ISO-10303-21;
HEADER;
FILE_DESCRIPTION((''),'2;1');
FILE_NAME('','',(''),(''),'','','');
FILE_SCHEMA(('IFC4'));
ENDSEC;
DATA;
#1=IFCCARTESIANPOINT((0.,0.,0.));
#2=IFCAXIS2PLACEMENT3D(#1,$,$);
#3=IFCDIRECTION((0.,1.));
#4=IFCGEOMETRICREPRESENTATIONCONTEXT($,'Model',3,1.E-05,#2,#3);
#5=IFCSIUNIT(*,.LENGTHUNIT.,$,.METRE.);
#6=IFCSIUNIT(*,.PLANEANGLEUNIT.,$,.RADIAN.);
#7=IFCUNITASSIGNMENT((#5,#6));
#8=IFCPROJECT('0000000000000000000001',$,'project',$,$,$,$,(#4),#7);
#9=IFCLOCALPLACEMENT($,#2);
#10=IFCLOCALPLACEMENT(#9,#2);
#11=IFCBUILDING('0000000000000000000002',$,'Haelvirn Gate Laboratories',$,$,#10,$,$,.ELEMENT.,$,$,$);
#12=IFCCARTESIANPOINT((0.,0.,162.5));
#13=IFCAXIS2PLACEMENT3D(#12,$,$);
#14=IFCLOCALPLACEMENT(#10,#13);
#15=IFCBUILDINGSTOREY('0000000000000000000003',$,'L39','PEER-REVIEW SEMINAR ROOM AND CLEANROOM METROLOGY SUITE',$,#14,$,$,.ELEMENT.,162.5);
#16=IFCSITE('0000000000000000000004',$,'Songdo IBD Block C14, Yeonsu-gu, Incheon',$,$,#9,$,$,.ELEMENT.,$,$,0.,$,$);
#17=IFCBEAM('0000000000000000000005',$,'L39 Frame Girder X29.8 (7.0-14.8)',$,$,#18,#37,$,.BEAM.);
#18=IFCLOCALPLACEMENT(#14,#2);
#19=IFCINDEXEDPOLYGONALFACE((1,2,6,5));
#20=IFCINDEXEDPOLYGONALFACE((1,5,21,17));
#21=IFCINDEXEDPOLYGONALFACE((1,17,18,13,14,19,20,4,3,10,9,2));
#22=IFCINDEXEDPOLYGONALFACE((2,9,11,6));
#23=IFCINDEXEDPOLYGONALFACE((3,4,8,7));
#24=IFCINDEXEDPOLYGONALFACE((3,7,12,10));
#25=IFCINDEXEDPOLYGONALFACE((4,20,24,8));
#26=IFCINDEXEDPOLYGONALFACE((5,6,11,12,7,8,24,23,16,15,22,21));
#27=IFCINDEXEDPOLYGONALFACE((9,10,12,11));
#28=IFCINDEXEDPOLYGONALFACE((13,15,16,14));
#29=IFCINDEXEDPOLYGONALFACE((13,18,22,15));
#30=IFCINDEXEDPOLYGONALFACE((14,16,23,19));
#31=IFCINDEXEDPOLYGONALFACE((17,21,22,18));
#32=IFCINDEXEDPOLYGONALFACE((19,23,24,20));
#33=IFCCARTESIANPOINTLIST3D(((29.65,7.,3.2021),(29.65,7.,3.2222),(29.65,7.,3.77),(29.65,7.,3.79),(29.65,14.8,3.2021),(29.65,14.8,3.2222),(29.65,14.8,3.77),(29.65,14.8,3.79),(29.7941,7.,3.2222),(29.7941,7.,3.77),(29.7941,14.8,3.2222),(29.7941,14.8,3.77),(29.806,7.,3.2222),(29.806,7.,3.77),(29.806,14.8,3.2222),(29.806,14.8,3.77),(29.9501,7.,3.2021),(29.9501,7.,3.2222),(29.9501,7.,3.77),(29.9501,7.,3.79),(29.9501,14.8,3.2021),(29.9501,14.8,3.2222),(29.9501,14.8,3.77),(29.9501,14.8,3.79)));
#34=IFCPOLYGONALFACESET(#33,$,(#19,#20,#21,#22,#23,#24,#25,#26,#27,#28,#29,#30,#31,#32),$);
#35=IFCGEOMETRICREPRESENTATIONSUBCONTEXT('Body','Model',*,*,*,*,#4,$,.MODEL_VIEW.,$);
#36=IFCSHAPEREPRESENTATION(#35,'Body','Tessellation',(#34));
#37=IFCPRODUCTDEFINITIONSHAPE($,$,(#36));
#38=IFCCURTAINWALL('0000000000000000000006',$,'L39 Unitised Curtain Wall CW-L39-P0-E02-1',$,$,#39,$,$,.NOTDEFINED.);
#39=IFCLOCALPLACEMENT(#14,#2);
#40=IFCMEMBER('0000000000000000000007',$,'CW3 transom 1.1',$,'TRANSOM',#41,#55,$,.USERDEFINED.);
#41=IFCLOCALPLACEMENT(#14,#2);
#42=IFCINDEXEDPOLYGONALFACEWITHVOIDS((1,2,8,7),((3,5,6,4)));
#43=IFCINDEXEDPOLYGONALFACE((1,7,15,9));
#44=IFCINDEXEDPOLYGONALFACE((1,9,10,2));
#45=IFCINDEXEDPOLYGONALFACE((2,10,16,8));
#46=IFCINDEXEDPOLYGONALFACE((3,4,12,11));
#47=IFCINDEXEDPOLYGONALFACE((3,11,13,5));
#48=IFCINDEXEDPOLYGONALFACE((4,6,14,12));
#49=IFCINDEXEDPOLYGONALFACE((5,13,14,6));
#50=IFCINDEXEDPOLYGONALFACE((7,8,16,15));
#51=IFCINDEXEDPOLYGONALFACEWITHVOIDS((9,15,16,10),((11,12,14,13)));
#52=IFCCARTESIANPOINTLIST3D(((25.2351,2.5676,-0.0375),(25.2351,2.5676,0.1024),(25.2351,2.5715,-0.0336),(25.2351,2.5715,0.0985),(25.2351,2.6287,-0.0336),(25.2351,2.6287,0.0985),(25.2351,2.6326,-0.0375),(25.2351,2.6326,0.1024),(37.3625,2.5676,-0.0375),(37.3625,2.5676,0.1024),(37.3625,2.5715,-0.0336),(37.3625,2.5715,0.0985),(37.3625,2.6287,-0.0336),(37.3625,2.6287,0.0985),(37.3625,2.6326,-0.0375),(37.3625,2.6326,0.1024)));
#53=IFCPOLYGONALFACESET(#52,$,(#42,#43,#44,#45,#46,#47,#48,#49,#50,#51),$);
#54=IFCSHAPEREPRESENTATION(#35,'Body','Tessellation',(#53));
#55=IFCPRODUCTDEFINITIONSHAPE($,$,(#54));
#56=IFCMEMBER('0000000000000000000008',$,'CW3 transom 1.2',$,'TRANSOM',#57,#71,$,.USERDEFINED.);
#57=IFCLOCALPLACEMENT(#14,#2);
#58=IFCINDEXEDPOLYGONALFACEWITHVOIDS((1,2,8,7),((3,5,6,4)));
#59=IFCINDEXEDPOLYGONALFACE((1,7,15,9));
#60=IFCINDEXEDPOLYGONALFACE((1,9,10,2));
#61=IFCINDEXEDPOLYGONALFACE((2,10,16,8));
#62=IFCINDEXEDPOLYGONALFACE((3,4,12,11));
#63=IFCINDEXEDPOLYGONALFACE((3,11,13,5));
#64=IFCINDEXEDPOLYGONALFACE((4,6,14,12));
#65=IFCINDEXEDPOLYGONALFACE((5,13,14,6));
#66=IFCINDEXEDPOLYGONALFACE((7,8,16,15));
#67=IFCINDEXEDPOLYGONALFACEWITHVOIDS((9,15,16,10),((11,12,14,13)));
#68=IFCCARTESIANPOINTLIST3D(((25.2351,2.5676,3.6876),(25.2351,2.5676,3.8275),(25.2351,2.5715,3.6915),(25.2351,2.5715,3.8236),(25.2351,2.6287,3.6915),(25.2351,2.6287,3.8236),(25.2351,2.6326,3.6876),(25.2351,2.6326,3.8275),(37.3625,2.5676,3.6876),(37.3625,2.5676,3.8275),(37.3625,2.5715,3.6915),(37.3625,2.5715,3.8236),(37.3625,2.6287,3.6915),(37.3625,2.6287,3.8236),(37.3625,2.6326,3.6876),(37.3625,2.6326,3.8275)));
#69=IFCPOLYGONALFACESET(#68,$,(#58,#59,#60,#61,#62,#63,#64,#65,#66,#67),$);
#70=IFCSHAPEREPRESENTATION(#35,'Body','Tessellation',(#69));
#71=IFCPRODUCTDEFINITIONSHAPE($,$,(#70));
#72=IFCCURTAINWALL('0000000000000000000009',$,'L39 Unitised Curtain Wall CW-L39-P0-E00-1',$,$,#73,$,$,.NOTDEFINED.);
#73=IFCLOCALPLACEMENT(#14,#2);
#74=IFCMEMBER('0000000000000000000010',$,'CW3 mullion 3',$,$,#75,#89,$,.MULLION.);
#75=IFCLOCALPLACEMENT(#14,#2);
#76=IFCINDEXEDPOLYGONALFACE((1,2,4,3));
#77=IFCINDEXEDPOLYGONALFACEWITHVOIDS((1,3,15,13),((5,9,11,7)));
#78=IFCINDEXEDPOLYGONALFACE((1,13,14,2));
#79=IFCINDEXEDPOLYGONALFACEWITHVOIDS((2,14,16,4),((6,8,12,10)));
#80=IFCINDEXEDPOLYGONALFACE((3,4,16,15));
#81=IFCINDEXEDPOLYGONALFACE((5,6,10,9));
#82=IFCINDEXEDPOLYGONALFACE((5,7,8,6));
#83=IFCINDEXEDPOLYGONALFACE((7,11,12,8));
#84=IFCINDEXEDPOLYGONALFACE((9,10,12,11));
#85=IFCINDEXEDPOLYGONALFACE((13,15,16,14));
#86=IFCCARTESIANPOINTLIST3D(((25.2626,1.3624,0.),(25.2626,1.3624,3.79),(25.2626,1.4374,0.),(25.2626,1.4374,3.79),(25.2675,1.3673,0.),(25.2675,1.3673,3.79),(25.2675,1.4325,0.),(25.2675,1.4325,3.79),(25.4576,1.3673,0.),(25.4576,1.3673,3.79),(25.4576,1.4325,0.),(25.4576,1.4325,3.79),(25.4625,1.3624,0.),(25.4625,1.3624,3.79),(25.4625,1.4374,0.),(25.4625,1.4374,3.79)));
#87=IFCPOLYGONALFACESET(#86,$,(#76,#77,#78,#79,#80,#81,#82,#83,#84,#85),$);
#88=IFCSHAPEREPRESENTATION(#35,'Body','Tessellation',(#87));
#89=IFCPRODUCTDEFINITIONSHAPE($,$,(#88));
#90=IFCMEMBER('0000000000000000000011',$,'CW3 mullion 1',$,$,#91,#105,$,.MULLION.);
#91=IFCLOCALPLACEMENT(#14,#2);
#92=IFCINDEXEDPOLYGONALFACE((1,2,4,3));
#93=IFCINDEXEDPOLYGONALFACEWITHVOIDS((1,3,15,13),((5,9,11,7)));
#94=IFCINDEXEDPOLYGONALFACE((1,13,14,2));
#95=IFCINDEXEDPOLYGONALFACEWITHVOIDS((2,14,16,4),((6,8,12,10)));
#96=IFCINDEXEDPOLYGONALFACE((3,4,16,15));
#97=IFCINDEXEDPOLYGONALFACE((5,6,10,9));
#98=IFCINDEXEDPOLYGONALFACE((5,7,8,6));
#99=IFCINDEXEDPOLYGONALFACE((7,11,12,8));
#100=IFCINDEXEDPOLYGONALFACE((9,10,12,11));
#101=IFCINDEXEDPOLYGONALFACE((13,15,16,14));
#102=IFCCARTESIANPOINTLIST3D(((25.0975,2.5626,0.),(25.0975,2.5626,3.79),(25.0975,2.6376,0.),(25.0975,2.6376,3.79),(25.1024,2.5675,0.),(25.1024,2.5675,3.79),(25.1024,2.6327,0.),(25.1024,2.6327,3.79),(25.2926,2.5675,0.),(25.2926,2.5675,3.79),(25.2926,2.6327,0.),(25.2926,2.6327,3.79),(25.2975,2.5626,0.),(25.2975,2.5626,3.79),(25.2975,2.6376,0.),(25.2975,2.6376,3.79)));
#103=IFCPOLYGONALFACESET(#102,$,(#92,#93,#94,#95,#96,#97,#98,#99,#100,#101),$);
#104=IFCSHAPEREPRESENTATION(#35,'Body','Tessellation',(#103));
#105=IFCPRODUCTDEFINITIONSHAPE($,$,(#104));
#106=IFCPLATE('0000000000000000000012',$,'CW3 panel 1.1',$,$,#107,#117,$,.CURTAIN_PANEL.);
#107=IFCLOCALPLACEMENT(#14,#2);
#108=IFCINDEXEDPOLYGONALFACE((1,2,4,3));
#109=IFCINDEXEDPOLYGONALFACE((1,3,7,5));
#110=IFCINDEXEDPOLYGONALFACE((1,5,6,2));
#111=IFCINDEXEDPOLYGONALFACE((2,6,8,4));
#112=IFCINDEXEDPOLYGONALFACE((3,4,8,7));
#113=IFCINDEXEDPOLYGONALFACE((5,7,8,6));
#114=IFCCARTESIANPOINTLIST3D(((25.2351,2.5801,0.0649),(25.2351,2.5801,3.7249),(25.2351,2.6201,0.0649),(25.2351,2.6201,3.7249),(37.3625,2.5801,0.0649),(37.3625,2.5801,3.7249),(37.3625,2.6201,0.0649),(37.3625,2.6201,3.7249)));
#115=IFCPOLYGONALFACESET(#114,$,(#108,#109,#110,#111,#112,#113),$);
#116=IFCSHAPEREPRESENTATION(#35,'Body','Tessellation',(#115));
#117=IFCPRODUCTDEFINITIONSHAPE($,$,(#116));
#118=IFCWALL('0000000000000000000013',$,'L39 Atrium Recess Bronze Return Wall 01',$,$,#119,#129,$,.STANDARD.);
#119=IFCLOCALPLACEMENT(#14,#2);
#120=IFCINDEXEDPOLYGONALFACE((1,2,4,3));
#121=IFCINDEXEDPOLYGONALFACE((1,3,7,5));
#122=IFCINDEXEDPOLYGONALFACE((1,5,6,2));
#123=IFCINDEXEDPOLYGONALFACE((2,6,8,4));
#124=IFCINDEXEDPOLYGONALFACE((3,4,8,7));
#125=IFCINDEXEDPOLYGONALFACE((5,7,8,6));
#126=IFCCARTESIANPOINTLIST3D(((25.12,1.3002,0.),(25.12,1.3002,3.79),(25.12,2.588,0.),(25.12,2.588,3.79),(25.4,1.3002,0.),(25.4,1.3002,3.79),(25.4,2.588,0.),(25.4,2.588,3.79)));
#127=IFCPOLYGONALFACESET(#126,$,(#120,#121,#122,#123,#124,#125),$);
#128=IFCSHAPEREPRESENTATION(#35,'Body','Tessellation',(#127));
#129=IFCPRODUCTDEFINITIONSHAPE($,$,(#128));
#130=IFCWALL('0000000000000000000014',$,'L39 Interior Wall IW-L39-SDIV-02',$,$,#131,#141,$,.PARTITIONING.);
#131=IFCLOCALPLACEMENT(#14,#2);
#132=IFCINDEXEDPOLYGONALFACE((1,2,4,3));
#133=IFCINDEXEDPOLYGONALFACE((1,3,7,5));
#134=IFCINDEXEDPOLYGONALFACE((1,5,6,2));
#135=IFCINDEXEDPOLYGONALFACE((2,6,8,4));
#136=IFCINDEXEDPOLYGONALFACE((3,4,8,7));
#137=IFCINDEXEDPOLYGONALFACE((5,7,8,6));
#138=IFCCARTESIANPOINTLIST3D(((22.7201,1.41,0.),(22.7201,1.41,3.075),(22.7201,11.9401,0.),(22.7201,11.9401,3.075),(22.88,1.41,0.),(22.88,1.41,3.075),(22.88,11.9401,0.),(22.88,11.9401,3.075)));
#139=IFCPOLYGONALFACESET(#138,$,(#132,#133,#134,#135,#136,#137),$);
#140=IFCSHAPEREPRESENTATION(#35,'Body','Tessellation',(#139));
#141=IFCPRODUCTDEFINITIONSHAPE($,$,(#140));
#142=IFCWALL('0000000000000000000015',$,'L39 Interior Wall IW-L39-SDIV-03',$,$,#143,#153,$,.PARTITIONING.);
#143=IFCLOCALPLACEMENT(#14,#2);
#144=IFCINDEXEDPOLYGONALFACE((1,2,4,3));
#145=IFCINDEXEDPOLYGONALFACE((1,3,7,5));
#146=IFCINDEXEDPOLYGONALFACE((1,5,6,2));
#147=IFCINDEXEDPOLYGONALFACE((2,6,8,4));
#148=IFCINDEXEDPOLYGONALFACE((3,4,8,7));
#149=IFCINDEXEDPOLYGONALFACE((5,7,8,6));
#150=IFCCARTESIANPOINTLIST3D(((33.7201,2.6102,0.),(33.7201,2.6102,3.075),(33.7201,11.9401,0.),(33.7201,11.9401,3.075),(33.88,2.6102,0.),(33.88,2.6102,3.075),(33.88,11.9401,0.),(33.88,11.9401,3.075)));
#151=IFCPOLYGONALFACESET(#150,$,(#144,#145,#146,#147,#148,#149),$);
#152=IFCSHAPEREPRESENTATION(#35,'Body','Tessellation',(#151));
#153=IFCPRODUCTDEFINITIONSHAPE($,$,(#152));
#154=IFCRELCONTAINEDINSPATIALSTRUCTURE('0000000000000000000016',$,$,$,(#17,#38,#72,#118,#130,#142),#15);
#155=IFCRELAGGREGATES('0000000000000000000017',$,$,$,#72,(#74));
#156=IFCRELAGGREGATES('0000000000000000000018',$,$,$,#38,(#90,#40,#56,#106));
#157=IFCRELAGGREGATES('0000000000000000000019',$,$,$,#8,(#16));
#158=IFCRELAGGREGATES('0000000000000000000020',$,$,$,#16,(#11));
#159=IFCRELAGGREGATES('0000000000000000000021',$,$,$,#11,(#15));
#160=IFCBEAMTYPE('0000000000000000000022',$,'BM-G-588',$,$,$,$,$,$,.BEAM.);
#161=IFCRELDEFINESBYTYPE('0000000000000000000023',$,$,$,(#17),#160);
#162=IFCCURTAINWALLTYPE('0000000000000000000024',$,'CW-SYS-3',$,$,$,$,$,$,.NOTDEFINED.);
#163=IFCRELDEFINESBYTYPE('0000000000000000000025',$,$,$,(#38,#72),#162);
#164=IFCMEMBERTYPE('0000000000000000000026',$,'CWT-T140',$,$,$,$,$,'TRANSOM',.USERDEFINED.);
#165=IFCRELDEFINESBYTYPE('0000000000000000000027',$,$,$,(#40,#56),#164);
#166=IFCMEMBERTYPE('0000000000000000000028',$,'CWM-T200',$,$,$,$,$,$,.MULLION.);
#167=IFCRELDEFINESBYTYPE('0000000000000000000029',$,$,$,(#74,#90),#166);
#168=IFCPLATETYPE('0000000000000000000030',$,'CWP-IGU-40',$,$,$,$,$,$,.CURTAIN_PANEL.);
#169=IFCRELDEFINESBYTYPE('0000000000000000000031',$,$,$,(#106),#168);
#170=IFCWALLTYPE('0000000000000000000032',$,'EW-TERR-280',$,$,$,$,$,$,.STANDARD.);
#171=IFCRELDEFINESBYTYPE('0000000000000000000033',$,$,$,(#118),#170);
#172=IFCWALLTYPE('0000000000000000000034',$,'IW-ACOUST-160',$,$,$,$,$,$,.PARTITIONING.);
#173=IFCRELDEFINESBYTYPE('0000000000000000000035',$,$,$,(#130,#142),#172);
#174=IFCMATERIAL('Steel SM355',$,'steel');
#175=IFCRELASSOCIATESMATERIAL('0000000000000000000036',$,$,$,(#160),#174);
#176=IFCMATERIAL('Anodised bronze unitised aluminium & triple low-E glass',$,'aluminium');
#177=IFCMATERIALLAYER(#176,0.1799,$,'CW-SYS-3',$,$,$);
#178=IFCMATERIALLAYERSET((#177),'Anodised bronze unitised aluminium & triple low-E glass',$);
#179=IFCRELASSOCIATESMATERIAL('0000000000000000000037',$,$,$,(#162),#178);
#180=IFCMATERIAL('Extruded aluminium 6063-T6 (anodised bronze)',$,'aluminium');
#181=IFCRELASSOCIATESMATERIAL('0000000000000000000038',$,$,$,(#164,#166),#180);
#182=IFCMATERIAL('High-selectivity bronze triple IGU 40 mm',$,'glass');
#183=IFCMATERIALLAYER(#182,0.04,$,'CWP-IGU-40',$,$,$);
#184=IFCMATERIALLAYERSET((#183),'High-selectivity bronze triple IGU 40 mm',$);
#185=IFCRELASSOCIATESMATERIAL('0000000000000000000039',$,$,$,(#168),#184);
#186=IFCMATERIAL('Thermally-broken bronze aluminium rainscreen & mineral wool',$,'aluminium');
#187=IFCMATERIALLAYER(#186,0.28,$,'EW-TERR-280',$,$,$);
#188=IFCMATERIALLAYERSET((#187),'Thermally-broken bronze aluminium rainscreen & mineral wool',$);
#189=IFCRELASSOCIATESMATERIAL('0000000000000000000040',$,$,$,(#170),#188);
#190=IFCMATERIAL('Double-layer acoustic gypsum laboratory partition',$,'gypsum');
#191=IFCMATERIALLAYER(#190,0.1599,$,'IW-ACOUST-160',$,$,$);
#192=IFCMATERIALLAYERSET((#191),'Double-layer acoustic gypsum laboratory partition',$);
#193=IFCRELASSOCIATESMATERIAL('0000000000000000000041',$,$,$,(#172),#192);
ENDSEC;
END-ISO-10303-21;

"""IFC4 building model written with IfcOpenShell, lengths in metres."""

from ifc_helpers import new_model, si_unit, direction, frame, frame_2d, origin, origin_2d, place, context, subcontext, project, spatial, rectangle, hollow_rectangle, i_section, extrude, source, transform, mapped, material, layer, layer_set, material_profile, profile_set, type_object, type_shapes, element, aggregate, save


model = new_model("IFC4")

# Units and contexts
model_context = context("Model", 3, precision=1e-05, world=origin(), true_north=direction((0.0, 1.0)))
body_context = subcontext(model_context, "Body", "Model", "MODEL_VIEW")
ifc_project = project(units=[si_unit("LENGTHUNIT", "METRE"), si_unit("PLANEANGLEUNIT", "RADIAN")], contexts=[model_context])

# Site, building, storey
site_placement = place(None, origin())
site = spatial("IfcSite", under=ifc_project, at=site_placement, Name="Songdo IBD Block C14, Yeonsu-gu, Incheon", CompositionType="ELEMENT", RefElevation=0.0)
building_placement = place(site_placement, origin())
building = spatial("IfcBuilding", under=site, at=building_placement, Name="Haelvirn Gate Laboratories", CompositionType="ELEMENT")
storey_placement = place(building_placement, frame((0.0, 0.0, 162.5)))
storey = spatial("IfcBuildingStorey", under=building, at=storey_placement, Name="L39", Description="PEER-REVIEW SEMINAR ROOM AND CLEANROOM METROLOGY SUITE", CompositionType="ELEMENT", Elevation=162.5)

# Shared definitions
ifc_material_1 = material(Name="Steel SM355", Category="steel")

# Beam
ifc_material_profile_1 = material_profile(ifc_material_1, i_section(OverallWidth=0.3, OverallDepth=0.5879, WebThickness=0.012, FlangeThickness=0.02, at=origin_2d()), Name="H-588x300x12x20")
ifc_profile_set_1 = profile_set([ifc_material_profile_1], Name="Steel SM355")
beam_type_1 = type_object("IfcBeamType", Name="BM-G-588", PredefinedType="BEAM", material=ifc_profile_set_1)
shared_shape_1 = source(origin(), body_context, "Body", "SweptSolid", [
    extrude(i_section(OverallWidth=0.3, OverallDepth=0.5879, WebThickness=0.012, FlangeThickness=0.02, at=origin_2d()), origin(), (0.0, 0.0, 1.0), 7.8),
])
type_shapes(beam_type_1, [shared_shape_1])
beam_placement = place(storey_placement, frame((29.8, 7.0, 3.4961), z_axis=(0.0, 1.0, 0.0), x_axis=(-1.0, 0.0, 0.0)))
element("IfcBeam", 1, at=beam_placement, inside=storey, type_object=beam_type_1, Name="L39 Frame Girder X29.8 (7.0-14.8)", PredefinedType="BEAM", context=body_context, shape_type="MappedRepresentation", body=[
    mapped(shared_shape_1, transform((0.0, 0.0, 0.0), scale=1.0)),
])

# Curtain wall, members
ifc_material_2 = material(Name="Anodised bronze unitised aluminium & triple low-E glass", Category="aluminium")
ifc_layer_1 = layer(ifc_material_2, 0.1799, Name="CW-SYS-3")
ifc_layer_set_1 = layer_set([ifc_layer_1], Name="Anodised bronze unitised aluminium & triple low-E glass")
curtain_wall_type = type_object("IfcCurtainWallType", Name="CW-SYS-3", PredefinedType="NOTDEFINED", material=ifc_layer_set_1)
curtain_wall_1_placement = place(storey_placement, origin())
curtain_wall_1 = element("IfcCurtainWall", 2, at=curtain_wall_1_placement, inside=storey, type_object=curtain_wall_type, Name="L39 Unitised Curtain Wall CW-L39-P0-E02-1", PredefinedType="NOTDEFINED")
ifc_material_3 = material(Name="Extruded aluminium 6063-T6 (anodised bronze)", Category="aluminium")
ifc_material_profile_2 = material_profile(ifc_material_3, hollow_rectangle(XDim=0.0649, YDim=0.1399, WallThickness=0.0039, at=origin_2d()), Name="CWT-140x65x4")
ifc_profile_set_2 = profile_set([ifc_material_profile_2], Name="Extruded aluminium 6063-T6 (anodised bronze)")
member_type_1 = type_object("IfcMemberType", Name="CWT-T140", ElementType="TRANSOM", PredefinedType="USERDEFINED", material=ifc_profile_set_2)
shared_shape_2 = source(origin(), body_context, "Body", "SweptSolid", [
    extrude(hollow_rectangle(XDim=0.0649, YDim=0.1399, WallThickness=0.0039, at=origin_2d()), origin(), (0.0, 0.0, 1.0), 12.1274),
])
type_shapes(member_type_1, [shared_shape_2])
member_1_placement = place(storey_placement, frame((25.2351, 2.6001, 0.0325), z_axis=(1.0, 0.0, 0.0), x_axis=(0.0, 1.0, 0.0)))
member_1 = element("IfcMember", 3, at=member_1_placement, type_object=member_type_1, Name="CW3 transom 1.1", ObjectType="TRANSOM", PredefinedType="USERDEFINED", context=body_context, shape_type="MappedRepresentation", body=[
    mapped(shared_shape_2, transform((0.0, 0.0, 0.0), scale=1.0)),
])
member_2_placement = place(storey_placement, frame((25.2351, 2.6001, 3.7576), z_axis=(1.0, 0.0, 0.0), x_axis=(0.0, 1.0, 0.0)))
member_2 = element("IfcMember", 4, at=member_2_placement, type_object=member_type_1, Name="CW3 transom 1.2", ObjectType="TRANSOM", PredefinedType="USERDEFINED", context=body_context, shape_type="MappedRepresentation", body=[
    mapped(shared_shape_2, transform((0.0, 0.0, 0.0), scale=1.0)),
])

# Curtain wall, member
curtain_wall_2_placement = place(storey_placement, origin())
curtain_wall_2 = element("IfcCurtainWall", 5, at=curtain_wall_2_placement, inside=storey, type_object=curtain_wall_type, Name="L39 Unitised Curtain Wall CW-L39-P0-E00-1", PredefinedType="NOTDEFINED")
ifc_material_profile_3 = material_profile(ifc_material_3, hollow_rectangle(XDim=0.075, YDim=0.2, WallThickness=0.0049, at=origin_2d()), Name="CWM-200x75x5")
ifc_profile_set_3 = profile_set([ifc_material_profile_3], Name="Extruded aluminium 6063-T6 (anodised bronze)")
member_type_2 = type_object("IfcMemberType", Name="CWM-T200", PredefinedType="MULLION", material=ifc_profile_set_3)
shared_shape_3 = source(origin(), body_context, "Body", "SweptSolid", [
    extrude(hollow_rectangle(XDim=0.075, YDim=0.2, WallThickness=0.0049, at=origin_2d()), origin(), (0.0, 0.0, 1.0), 3.79),
])
type_shapes(member_type_2, [shared_shape_3])
member_3_placement = place(storey_placement, frame((25.3625, 1.3999, 0.0), z_axis=(0.0, 0.0, 1.0), x_axis=(0.0, 1.0, 0.0)))
member_3 = element("IfcMember", 6, at=member_3_placement, type_object=member_type_2, Name="CW3 mullion 3", PredefinedType="MULLION", context=body_context, shape_type="MappedRepresentation", body=[
    mapped(shared_shape_3, transform((0.0, 0.0, 0.0), scale=1.0)),
])
aggregate(curtain_wall_2, [member_3])

# Member
member_4_placement = place(storey_placement, frame((25.1975, 2.6001, 0.0), z_axis=(0.0, 0.0, 1.0), x_axis=(0.0, 1.0, 0.0)))
member_4 = element("IfcMember", 7, at=member_4_placement, type_object=member_type_2, Name="CW3 mullion 1", PredefinedType="MULLION", context=body_context, shape_type="MappedRepresentation", body=[
    mapped(shared_shape_3, transform((0.0, 0.0, 0.0), scale=1.0)),
])

# Plate
ifc_material_4 = material(Name="High-selectivity bronze triple IGU 40 mm", Category="glass")
ifc_layer_2 = layer(ifc_material_4, 0.04, Name="CWP-IGU-40")
ifc_layer_set_2 = layer_set([ifc_layer_2], Name="High-selectivity bronze triple IGU 40 mm")
plate_type = type_object("IfcPlateType", Name="CWP-IGU-40", PredefinedType="CURTAIN_PANEL", material=ifc_layer_set_2)
shared_shape_4 = source(origin(), body_context, "Body", "SweptSolid", [
    extrude(rectangle(XDim=12.1274, YDim=0.04, at=origin_2d()), origin(), (0.0, 0.0, 1.0), 3.6599),
])
type_shapes(plate_type, [shared_shape_4])
plate_placement = place(storey_placement, frame((31.2988, 2.6001, 0.0649), z_axis=(0.0, 0.0, 1.0), x_axis=(1.0, 0.0, 0.0)))
plate = element("IfcPlate", 8, at=plate_placement, type_object=plate_type, Name="CW3 panel 1.1", PredefinedType="CURTAIN_PANEL", context=body_context, shape_type="MappedRepresentation", body=[
    mapped(shared_shape_4, transform((0.0, 0.0, 0.0), scale=1.0)),
])
aggregate(curtain_wall_1, [member_4, member_1, member_2, plate])

# Walls
ifc_material_5 = material(Name="Thermally-broken bronze aluminium rainscreen & mineral wool", Category="aluminium")
ifc_layer_3 = layer(ifc_material_5, 0.28, Name="EW-TERR-280")
ifc_layer_set_3 = layer_set([ifc_layer_3], Name="Thermally-broken bronze aluminium rainscreen & mineral wool")
wall_type_1 = type_object("IfcWallType", Name="EW-TERR-280", PredefinedType="STANDARD", material=ifc_layer_set_3)
wall_1_placement = place(storey_placement, frame((25.26, 1.3, 0.0), z_axis=(0.0, 0.0, 1.0), x_axis=(0.0, 1.0, 0.0)))
element("IfcWall", 9, at=wall_1_placement, inside=storey, type_object=wall_type_1, Name="L39 Atrium Recess Bronze Return Wall 01", PredefinedType="STANDARD", context=body_context, shape_type="SweptSolid", body=[
    extrude(rectangle(XDim=1.2878, YDim=0.28, at=frame_2d((0.644, 0.0))), origin(), (0.0, 0.0, 1.0), 3.79),
])
ifc_material_6 = material(Name="Double-layer acoustic gypsum laboratory partition", Category="gypsum")
ifc_layer_4 = layer(ifc_material_6, 0.1599, Name="IW-ACOUST-160")
ifc_layer_set_4 = layer_set([ifc_layer_4], Name="Double-layer acoustic gypsum laboratory partition")
wall_type_2 = type_object("IfcWallType", Name="IW-ACOUST-160", PredefinedType="PARTITIONING", material=ifc_layer_set_4)
wall_2_placement = place(storey_placement, frame((22.8, 1.4099, 0.0), z_axis=(0.0, 0.0, 1.0), x_axis=(0.0, 1.0, 0.0)))
element("IfcWall", 10, at=wall_2_placement, inside=storey, type_object=wall_type_2, Name="L39 Interior Wall IW-L39-SDIV-02", PredefinedType="PARTITIONING", context=body_context, shape_type="SweptSolid", body=[
    extrude(rectangle(XDim=10.53, YDim=0.1599, at=frame_2d((5.2651, 0.0))), origin(), (0.0, 0.0, 1.0), 3.075),
])
wall_3_placement = place(storey_placement, frame((33.8, 2.6101, 0.0), z_axis=(0.0, 0.0, 1.0), x_axis=(0.0, 1.0, 0.0)))
element("IfcWall", 11, at=wall_3_placement, inside=storey, type_object=wall_type_2, Name="L39 Interior Wall IW-L39-SDIV-03", PredefinedType="PARTITIONING", context=body_context, shape_type="SweptSolid", body=[
    extrude(rectangle(XDim=9.3298, YDim=0.1599, at=frame_2d((4.665, 0.0))), origin(), (0.0, 0.0, 1.0), 3.075),
])

save(model, "model.ifc")
